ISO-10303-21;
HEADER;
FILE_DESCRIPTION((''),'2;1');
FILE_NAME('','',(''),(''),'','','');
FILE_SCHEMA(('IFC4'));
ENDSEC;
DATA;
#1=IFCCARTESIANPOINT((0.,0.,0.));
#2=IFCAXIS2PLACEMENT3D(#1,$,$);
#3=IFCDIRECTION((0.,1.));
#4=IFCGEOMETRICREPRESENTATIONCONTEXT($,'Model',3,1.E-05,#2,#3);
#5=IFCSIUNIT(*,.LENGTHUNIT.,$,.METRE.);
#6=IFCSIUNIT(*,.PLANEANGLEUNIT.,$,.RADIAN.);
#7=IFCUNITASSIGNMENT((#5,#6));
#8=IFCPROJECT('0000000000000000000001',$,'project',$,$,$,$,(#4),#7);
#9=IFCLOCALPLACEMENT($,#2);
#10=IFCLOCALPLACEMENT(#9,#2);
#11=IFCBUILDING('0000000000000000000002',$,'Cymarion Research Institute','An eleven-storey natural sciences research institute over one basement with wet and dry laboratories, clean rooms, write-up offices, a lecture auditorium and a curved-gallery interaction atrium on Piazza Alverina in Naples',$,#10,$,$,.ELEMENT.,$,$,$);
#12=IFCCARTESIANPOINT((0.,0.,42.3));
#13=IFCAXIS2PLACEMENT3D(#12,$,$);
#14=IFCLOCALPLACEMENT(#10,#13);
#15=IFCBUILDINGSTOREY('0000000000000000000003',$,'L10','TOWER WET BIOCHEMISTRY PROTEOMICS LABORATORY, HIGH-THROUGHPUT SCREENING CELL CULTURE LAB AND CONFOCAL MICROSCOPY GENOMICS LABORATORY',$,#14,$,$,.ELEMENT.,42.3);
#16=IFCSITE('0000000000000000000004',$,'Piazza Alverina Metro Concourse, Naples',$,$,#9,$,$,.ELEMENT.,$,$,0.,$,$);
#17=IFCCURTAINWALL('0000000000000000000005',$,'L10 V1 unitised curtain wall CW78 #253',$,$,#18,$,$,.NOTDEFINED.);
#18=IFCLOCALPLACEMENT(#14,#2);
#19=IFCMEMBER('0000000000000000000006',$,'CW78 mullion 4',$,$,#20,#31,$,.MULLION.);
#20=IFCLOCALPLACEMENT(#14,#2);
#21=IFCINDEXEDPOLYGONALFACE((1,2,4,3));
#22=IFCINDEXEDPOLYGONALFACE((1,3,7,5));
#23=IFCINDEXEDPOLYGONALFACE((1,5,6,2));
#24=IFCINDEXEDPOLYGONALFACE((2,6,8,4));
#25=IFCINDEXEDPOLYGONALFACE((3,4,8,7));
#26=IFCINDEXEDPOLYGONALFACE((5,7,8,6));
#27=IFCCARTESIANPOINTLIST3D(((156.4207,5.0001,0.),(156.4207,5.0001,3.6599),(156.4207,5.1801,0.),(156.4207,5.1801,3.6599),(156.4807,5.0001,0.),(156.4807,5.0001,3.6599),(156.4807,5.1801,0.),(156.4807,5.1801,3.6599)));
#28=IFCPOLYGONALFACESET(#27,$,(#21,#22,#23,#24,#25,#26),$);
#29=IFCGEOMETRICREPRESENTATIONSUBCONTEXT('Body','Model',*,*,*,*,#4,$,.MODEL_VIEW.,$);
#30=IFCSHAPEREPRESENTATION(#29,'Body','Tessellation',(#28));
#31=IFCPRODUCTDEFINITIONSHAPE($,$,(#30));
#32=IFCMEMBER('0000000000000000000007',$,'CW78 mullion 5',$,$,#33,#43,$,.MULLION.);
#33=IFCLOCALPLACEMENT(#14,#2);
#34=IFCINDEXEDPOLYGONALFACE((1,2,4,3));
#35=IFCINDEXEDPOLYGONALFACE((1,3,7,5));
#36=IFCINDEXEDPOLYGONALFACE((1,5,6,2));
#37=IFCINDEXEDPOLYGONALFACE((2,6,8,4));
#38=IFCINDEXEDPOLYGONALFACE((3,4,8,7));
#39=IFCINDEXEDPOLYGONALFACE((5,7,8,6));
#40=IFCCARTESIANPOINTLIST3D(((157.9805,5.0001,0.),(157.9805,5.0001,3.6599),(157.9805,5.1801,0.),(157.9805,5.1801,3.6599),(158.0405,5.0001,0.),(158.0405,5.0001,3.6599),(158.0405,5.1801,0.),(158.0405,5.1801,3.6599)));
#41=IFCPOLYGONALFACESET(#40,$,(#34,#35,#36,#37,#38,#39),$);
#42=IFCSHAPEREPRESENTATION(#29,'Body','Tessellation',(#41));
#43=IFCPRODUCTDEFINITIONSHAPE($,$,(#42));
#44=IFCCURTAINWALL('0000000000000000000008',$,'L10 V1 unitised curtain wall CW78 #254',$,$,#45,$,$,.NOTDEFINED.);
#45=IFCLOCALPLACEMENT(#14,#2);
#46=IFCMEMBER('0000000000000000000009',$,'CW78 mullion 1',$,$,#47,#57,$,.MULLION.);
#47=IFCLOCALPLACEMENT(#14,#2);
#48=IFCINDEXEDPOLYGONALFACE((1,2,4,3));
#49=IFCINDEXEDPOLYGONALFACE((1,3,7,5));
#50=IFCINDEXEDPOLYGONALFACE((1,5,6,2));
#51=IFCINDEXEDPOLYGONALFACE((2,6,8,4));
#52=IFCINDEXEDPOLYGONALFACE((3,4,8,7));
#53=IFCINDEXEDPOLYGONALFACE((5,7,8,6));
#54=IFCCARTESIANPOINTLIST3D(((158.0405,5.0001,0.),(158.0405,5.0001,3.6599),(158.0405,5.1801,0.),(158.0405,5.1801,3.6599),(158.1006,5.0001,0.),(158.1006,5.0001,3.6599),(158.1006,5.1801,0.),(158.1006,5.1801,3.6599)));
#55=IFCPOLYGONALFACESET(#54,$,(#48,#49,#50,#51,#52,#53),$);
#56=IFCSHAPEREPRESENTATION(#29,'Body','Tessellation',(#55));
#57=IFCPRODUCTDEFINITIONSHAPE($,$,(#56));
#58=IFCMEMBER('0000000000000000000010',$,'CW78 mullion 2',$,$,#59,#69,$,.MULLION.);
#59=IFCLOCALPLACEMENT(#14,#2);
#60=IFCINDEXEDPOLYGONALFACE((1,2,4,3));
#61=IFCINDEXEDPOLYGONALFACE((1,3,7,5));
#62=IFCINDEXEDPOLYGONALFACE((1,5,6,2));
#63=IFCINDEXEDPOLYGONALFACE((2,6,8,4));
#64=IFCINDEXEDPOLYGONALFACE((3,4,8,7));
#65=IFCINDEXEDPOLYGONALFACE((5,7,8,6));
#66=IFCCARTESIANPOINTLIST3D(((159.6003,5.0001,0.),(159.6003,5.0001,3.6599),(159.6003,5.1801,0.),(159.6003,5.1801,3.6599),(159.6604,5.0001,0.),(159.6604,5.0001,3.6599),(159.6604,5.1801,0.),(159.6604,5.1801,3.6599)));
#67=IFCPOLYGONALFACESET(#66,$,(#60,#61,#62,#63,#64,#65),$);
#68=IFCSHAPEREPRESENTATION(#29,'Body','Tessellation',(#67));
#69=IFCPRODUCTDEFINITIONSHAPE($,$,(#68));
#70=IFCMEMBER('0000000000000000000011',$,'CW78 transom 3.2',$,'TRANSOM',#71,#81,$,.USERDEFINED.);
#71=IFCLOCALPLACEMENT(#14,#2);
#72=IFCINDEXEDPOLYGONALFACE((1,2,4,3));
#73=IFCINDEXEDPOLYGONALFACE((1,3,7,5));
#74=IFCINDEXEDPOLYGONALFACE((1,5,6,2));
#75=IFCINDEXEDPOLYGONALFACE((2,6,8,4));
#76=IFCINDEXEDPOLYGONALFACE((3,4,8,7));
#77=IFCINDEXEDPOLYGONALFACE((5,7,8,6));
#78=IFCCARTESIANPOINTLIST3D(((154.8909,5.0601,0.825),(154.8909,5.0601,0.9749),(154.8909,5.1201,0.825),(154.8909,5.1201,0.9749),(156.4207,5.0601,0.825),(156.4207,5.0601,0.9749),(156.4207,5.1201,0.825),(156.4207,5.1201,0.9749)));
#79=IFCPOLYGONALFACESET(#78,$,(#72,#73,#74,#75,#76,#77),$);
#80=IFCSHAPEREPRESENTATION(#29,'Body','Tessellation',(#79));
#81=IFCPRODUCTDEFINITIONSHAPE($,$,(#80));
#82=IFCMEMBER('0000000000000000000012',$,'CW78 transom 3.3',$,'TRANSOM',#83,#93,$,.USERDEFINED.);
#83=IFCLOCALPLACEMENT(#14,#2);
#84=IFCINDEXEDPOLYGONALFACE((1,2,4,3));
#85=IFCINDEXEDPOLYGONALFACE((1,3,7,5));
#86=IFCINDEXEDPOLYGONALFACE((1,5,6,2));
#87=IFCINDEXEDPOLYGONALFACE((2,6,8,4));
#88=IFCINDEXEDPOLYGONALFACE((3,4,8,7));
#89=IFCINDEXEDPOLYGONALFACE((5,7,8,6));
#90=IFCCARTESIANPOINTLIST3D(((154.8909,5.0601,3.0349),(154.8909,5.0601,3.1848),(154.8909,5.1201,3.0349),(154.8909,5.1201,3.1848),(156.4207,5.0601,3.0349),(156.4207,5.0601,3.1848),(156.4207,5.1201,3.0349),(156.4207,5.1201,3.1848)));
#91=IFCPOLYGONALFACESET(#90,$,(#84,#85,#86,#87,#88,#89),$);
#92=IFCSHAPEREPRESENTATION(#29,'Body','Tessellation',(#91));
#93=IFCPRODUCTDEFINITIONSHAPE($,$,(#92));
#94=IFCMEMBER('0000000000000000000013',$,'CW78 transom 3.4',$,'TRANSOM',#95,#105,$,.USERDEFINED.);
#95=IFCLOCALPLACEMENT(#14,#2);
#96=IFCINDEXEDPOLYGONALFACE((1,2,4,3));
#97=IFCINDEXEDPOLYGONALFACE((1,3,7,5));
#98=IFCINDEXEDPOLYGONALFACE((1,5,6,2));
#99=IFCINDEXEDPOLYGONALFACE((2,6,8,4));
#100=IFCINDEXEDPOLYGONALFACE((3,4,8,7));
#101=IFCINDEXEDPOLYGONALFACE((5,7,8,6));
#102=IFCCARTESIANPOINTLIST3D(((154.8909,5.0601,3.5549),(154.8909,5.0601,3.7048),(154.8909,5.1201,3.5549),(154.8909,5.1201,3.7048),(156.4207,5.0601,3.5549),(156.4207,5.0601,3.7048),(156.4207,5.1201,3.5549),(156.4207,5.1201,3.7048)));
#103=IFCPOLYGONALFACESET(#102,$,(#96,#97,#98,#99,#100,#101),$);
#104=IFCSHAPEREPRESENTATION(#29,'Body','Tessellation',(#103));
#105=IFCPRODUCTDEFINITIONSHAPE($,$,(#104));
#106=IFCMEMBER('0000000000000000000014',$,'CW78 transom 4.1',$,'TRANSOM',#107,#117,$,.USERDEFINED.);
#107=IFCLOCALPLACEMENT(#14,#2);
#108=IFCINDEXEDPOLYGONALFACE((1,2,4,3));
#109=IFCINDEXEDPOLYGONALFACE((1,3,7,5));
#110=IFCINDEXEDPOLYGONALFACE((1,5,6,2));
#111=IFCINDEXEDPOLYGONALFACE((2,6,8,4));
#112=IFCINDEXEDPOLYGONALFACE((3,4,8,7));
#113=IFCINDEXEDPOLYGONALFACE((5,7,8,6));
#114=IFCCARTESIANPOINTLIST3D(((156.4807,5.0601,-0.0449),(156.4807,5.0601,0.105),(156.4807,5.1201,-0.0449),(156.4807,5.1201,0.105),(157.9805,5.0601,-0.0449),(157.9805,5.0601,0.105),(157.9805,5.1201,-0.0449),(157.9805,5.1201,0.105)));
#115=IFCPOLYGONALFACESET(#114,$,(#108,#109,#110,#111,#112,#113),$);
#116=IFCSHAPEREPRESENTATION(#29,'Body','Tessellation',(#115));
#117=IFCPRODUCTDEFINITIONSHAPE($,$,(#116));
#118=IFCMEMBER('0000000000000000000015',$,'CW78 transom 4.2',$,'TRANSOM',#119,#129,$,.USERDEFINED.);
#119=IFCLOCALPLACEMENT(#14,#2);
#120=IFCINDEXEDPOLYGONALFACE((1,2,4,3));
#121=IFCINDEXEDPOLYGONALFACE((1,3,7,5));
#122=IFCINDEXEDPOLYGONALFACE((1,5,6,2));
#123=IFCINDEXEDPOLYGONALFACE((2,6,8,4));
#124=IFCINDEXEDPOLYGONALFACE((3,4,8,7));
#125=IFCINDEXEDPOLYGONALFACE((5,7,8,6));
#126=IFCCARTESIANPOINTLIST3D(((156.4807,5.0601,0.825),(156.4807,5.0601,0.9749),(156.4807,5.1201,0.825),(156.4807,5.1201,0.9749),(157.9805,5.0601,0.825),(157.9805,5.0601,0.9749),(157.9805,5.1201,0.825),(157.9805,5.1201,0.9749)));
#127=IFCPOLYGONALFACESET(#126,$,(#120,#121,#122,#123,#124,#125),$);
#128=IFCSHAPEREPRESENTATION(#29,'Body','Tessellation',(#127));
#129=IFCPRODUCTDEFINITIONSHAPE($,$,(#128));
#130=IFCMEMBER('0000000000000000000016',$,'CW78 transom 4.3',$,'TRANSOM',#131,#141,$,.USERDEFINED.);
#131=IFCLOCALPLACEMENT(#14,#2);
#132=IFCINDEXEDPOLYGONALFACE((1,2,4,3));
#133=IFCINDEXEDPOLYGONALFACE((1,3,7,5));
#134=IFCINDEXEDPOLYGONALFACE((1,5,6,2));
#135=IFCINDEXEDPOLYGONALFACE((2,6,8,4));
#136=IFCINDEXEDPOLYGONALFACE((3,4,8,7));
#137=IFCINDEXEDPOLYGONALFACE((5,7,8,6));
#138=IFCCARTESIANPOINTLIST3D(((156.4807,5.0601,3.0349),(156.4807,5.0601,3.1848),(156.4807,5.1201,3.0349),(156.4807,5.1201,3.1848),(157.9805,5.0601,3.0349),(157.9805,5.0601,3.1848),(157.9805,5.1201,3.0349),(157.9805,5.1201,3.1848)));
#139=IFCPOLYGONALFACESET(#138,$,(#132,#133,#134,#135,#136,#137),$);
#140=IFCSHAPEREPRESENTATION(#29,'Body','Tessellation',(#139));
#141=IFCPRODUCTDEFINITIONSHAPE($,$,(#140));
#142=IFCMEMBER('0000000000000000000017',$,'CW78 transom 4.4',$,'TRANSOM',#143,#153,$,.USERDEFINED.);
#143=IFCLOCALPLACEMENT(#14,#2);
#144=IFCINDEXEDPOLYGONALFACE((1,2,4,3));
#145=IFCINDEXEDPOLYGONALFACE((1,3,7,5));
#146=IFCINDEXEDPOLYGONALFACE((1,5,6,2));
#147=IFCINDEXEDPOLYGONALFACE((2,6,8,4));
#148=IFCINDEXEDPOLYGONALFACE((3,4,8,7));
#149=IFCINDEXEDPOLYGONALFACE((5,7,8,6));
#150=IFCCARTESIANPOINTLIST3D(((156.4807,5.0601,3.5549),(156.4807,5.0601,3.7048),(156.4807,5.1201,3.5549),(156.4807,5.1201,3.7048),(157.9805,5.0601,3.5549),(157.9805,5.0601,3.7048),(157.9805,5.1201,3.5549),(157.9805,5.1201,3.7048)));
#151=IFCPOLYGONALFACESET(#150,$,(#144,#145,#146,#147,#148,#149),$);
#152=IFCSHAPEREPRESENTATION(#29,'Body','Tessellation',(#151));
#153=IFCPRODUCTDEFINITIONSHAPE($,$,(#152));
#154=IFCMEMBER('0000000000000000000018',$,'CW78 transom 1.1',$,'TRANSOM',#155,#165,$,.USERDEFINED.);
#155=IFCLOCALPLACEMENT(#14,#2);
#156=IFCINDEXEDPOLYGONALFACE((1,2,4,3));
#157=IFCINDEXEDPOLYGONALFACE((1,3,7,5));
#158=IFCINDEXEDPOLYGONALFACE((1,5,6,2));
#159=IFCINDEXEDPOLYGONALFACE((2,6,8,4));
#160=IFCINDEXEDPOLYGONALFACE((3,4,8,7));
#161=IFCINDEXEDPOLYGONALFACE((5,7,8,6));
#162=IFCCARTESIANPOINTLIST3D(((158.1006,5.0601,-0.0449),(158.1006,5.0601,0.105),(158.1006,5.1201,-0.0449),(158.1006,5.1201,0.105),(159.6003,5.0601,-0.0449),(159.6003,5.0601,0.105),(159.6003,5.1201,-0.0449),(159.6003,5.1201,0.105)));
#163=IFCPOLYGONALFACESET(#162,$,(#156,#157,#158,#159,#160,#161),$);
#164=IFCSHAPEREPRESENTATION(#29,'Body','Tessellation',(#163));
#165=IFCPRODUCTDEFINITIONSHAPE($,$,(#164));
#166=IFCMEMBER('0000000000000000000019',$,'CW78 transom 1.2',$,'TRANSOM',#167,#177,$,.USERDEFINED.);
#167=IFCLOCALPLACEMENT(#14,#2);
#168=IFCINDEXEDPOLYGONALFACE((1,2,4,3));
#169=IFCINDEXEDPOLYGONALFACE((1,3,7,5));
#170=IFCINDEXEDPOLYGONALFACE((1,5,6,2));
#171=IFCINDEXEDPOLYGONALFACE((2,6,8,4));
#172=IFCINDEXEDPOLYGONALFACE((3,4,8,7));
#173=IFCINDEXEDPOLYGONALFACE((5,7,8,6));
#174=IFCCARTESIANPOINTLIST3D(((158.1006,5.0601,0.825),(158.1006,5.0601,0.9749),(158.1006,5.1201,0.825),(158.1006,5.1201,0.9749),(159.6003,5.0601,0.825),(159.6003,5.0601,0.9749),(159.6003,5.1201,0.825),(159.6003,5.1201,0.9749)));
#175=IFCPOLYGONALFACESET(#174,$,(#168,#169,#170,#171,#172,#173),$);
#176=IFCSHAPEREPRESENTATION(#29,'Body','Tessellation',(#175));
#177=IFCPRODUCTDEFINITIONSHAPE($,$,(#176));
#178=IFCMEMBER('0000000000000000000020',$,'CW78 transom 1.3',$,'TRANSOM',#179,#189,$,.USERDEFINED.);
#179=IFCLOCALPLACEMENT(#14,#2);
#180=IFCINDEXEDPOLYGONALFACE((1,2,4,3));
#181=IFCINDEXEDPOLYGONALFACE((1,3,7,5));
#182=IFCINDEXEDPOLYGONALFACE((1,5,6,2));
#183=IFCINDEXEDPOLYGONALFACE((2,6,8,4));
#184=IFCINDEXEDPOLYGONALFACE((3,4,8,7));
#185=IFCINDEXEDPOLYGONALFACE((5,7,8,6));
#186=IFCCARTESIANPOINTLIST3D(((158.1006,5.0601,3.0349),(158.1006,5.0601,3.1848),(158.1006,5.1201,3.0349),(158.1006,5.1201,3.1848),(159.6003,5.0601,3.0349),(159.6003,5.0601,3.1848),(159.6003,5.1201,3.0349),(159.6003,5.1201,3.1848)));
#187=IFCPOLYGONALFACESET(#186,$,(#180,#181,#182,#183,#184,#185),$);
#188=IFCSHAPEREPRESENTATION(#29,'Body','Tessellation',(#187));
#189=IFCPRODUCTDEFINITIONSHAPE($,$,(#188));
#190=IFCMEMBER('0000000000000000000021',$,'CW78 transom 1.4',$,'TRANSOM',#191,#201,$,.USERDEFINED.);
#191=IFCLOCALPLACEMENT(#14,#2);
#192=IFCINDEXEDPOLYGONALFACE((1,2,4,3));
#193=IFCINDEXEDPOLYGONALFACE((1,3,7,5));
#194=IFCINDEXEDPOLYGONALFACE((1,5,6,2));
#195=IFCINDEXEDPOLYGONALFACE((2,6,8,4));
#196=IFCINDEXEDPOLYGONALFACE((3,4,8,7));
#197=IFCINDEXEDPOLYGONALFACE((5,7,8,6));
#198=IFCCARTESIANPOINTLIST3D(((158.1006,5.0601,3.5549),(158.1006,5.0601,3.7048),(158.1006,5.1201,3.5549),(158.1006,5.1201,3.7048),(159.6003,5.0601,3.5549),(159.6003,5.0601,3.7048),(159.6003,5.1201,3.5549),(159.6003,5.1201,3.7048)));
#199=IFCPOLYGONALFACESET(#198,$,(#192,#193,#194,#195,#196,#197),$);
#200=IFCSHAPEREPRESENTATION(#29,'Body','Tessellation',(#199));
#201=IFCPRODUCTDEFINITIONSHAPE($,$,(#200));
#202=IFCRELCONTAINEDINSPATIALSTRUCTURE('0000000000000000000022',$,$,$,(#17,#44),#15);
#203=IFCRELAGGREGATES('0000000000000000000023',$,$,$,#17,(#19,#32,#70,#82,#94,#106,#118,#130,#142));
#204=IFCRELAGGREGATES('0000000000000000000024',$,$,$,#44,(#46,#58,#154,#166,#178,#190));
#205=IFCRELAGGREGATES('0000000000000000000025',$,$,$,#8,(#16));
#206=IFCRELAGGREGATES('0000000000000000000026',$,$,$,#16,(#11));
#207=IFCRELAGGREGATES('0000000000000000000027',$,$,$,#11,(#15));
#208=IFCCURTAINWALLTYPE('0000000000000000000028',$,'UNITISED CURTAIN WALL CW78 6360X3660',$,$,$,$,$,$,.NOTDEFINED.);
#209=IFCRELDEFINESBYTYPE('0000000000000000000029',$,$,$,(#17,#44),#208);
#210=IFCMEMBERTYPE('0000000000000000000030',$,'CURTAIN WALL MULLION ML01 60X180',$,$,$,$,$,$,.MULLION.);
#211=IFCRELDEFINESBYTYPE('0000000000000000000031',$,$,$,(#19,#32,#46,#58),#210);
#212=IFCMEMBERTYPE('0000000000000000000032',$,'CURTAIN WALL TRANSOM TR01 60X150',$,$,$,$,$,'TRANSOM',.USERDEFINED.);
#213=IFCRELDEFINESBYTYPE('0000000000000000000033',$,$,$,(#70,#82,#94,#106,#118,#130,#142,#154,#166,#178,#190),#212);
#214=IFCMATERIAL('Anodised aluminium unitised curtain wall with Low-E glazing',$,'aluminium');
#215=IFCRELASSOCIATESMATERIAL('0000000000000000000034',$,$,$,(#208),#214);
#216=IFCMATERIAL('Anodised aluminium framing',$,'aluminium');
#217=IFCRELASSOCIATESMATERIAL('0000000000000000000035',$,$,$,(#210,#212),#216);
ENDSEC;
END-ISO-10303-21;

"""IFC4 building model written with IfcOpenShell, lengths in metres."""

from ifc_helpers import new_model, si_unit, direction, frame, origin, origin_2d, place, context, subcontext, project, spatial, rectangle, extrude, material, material_profile, profile_set, type_object, element, aggregate, save


model = new_model("IFC4")

# Units and contexts
model_context = context("Model", 3, precision=1e-05, world=origin(), true_north=direction((0.0, 1.0)))
body_context = subcontext(model_context, "Body", "Model", "MODEL_VIEW")
ifc_project = project(units=[si_unit("LENGTHUNIT", "METRE"), si_unit("PLANEANGLEUNIT", "RADIAN")], contexts=[model_context])

# Site, building, storey
site_placement = place(None, origin())
site = spatial("IfcSite", under=ifc_project, at=site_placement, Name="Piazza Alverina Metro Concourse, Naples", CompositionType="ELEMENT", RefElevation=0.0)
building_placement = place(site_placement, origin())
building = spatial("IfcBuilding", under=site, at=building_placement, Name="Cymarion Research Institute", Description="An eleven-storey natural sciences research institute over one basement with wet and dry laboratories, clean rooms, write-up offices, a lecture auditorium and a curved-gallery interaction atrium on Piazza Alverina in Naples", CompositionType="ELEMENT")
storey_placement = place(building_placement, frame((0.0, 0.0, 42.3)))
storey = spatial("IfcBuildingStorey", under=building, at=storey_placement, Name="L10", Description="TOWER WET BIOCHEMISTRY PROTEOMICS LABORATORY, HIGH-THROUGHPUT SCREENING CELL CULTURE LAB AND CONFOCAL MICROSCOPY GENOMICS LABORATORY", CompositionType="ELEMENT", Elevation=42.3)

# Curtain walls, members
ifc_material_1 = material(Name="Anodised aluminium unitised curtain wall with Low-E glazing", Category="aluminium")
curtain_wall_type = type_object("IfcCurtainWallType", Name="UNITISED CURTAIN WALL CW78 6360X3660", PredefinedType="NOTDEFINED", material=ifc_material_1)
curtain_wall_1_placement = place(storey_placement, origin())
curtain_wall_1 = element("IfcCurtainWall", 1, at=curtain_wall_1_placement, inside=storey, type_object=curtain_wall_type, Name="L10 V1 unitised curtain wall CW78 #253", PredefinedType="NOTDEFINED")
ifc_material_2 = material(Name="Anodised aluminium framing", Category="aluminium")
ifc_material_profile_1 = material_profile(ifc_material_2, rectangle(XDim=0.0601, YDim=0.1799, at=origin_2d()), Name="ALU MULLION 60x180")
ifc_profile_set_1 = profile_set([ifc_material_profile_1], Name="Anodised aluminium framing")
member_type_1 = type_object("IfcMemberType", Name="CURTAIN WALL MULLION ML01 60X180", PredefinedType="MULLION", material=ifc_profile_set_1)
member_1_placement = place(storey_placement, frame((156.4507, 5.0901, 0.0), z_axis=(0.0, 0.0, 1.0), x_axis=(1.0, 0.0, 0.0)))
member_1 = element("IfcMember", 2, at=member_1_placement, type_object=member_type_1, Name="CW78 mullion 4", PredefinedType="MULLION", context=body_context, shape_type="SweptSolid", body=[
    extrude(rectangle(XDim=0.0601, YDim=0.1799, at=origin_2d()), origin(), (0.0, 0.0, 1.0), 3.6599),
])
member_2_placement = place(storey_placement, frame((158.0105, 5.0901, 0.0), z_axis=(0.0, 0.0, 1.0), x_axis=(1.0, 0.0, 0.0)))
member_2 = element("IfcMember", 3, at=member_2_placement, type_object=member_type_1, Name="CW78 mullion 5", PredefinedType="MULLION", context=body_context, shape_type="SweptSolid", body=[
    extrude(rectangle(XDim=0.0601, YDim=0.1799, at=origin_2d()), origin(), (0.0, 0.0, 1.0), 3.6599),
])
curtain_wall_2_placement = place(storey_placement, origin())
curtain_wall_2 = element("IfcCurtainWall", 4, at=curtain_wall_2_placement, inside=storey, type_object=curtain_wall_type, Name="L10 V1 unitised curtain wall CW78 #254", PredefinedType="NOTDEFINED")
member_3_placement = place(storey_placement, frame((158.0706, 5.0901, 0.0), z_axis=(0.0, 0.0, 1.0), x_axis=(1.0, 0.0, 0.0)))
member_3 = element("IfcMember", 5, at=member_3_placement, type_object=member_type_1, Name="CW78 mullion 1", PredefinedType="MULLION", context=body_context, shape_type="SweptSolid", body=[
    extrude(rectangle(XDim=0.0601, YDim=0.1799, at=origin_2d()), origin(), (0.0, 0.0, 1.0), 3.6599),
])
member_4_placement = place(storey_placement, frame((159.6304, 5.0901, 0.0), z_axis=(0.0, 0.0, 1.0), x_axis=(1.0, 0.0, 0.0)))
member_4 = element("IfcMember", 6, at=member_4_placement, type_object=member_type_1, Name="CW78 mullion 2", PredefinedType="MULLION", context=body_context, shape_type="SweptSolid", body=[
    extrude(rectangle(XDim=0.0601, YDim=0.1799, at=origin_2d()), origin(), (0.0, 0.0, 1.0), 3.6599),
])

# Members
ifc_material_profile_2 = material_profile(ifc_material_2, rectangle(XDim=0.0601, YDim=0.1499, at=origin_2d()), Name="ALU TRANSOM 60x150")
ifc_profile_set_2 = profile_set([ifc_material_profile_2], Name="Anodised aluminium framing")
member_type_2 = type_object("IfcMemberType", Name="CURTAIN WALL TRANSOM TR01 60X150", ElementType="TRANSOM", PredefinedType="USERDEFINED", material=ifc_profile_set_2)
member_5_placement = place(storey_placement, frame((154.8909, 5.0901, 0.8999), z_axis=(1.0, 0.0, 0.0), x_axis=(0.0, 1.0, 0.0)))
member_5 = element("IfcMember", 7, at=member_5_placement, type_object=member_type_2, Name="CW78 transom 3.2", ObjectType="TRANSOM", PredefinedType="USERDEFINED", context=body_context, shape_type="SweptSolid", body=[
    extrude(rectangle(XDim=0.0601, YDim=0.1499, at=origin_2d()), origin(), (0.0, 0.0, 1.0), 1.5298),
])
member_6_placement = place(storey_placement, frame((154.8909, 5.0901, 3.1099), z_axis=(1.0, 0.0, 0.0), x_axis=(0.0, 1.0, 0.0)))
member_6 = element("IfcMember", 8, at=member_6_placement, type_object=member_type_2, Name="CW78 transom 3.3", ObjectType="TRANSOM", PredefinedType="USERDEFINED", context=body_context, shape_type="SweptSolid", body=[
    extrude(rectangle(XDim=0.0601, YDim=0.1499, at=origin_2d()), origin(), (0.0, 0.0, 1.0), 1.5298),
])
member_7_placement = place(storey_placement, frame((154.8909, 5.0901, 3.6299), z_axis=(1.0, 0.0, 0.0), x_axis=(0.0, 1.0, 0.0)))
member_7 = element("IfcMember", 9, at=member_7_placement, type_object=member_type_2, Name="CW78 transom 3.4", ObjectType="TRANSOM", PredefinedType="USERDEFINED", context=body_context, shape_type="SweptSolid", body=[
    extrude(rectangle(XDim=0.0601, YDim=0.1499, at=origin_2d()), origin(), (0.0, 0.0, 1.0), 1.5298),
])
member_8_placement = place(storey_placement, frame((156.4807, 5.0901, 0.03), z_axis=(1.0, 0.0, 0.0), x_axis=(0.0, 1.0, 0.0)))
member_8 = element("IfcMember", 10, at=member_8_placement, type_object=member_type_2, Name="CW78 transom 4.1", ObjectType="TRANSOM", PredefinedType="USERDEFINED", context=body_context, shape_type="SweptSolid", body=[
    extrude(rectangle(XDim=0.0601, YDim=0.1499, at=origin_2d()), origin(), (0.0, 0.0, 1.0), 1.4998),
])
member_9_placement = place(storey_placement, frame((156.4807, 5.0901, 0.8999), z_axis=(1.0, 0.0, 0.0), x_axis=(0.0, 1.0, 0.0)))
member_9 = element("IfcMember", 11, at=member_9_placement, type_object=member_type_2, Name="CW78 transom 4.2", ObjectType="TRANSOM", PredefinedType="USERDEFINED", context=body_context, shape_type="SweptSolid", body=[
    extrude(rectangle(XDim=0.0601, YDim=0.1499, at=origin_2d()), origin(), (0.0, 0.0, 1.0), 1.4998),
])
member_10_placement = place(storey_placement, frame((156.4807, 5.0901, 3.1099), z_axis=(1.0, 0.0, 0.0), x_axis=(0.0, 1.0, 0.0)))
member_10 = element("IfcMember", 12, at=member_10_placement, type_object=member_type_2, Name="CW78 transom 4.3", ObjectType="TRANSOM", PredefinedType="USERDEFINED", context=body_context, shape_type="SweptSolid", body=[
    extrude(rectangle(XDim=0.0601, YDim=0.1499, at=origin_2d()), origin(), (0.0, 0.0, 1.0), 1.4998),
])
member_11_placement = place(storey_placement, frame((156.4807, 5.0901, 3.6299), z_axis=(1.0, 0.0, 0.0), x_axis=(0.0, 1.0, 0.0)))
member_11 = element("IfcMember", 13, at=member_11_placement, type_object=member_type_2, Name="CW78 transom 4.4", ObjectType="TRANSOM", PredefinedType="USERDEFINED", context=body_context, shape_type="SweptSolid", body=[
    extrude(rectangle(XDim=0.0601, YDim=0.1499, at=origin_2d()), origin(), (0.0, 0.0, 1.0), 1.4998),
])
member_12_placement = place(storey_placement, frame((158.1006, 5.0901, 0.03), z_axis=(1.0, 0.0, 0.0), x_axis=(0.0, 1.0, 0.0)))
member_12 = element("IfcMember", 14, at=member_12_placement, type_object=member_type_2, Name="CW78 transom 1.1", ObjectType="TRANSOM", PredefinedType="USERDEFINED", context=body_context, shape_type="SweptSolid", body=[
    extrude(rectangle(XDim=0.0601, YDim=0.1499, at=origin_2d()), origin(), (0.0, 0.0, 1.0), 1.4998),
])
member_13_placement = place(storey_placement, frame((158.1006, 5.0901, 0.8999), z_axis=(1.0, 0.0, 0.0), x_axis=(0.0, 1.0, 0.0)))
member_13 = element("IfcMember", 15, at=member_13_placement, type_object=member_type_2, Name="CW78 transom 1.2", ObjectType="TRANSOM", PredefinedType="USERDEFINED", context=body_context, shape_type="SweptSolid", body=[
    extrude(rectangle(XDim=0.0601, YDim=0.1499, at=origin_2d()), origin(), (0.0, 0.0, 1.0), 1.4998),
])
member_14_placement = place(storey_placement, frame((158.1006, 5.0901, 3.1099), z_axis=(1.0, 0.0, 0.0), x_axis=(0.0, 1.0, 0.0)))
member_14 = element("IfcMember", 16, at=member_14_placement, type_object=member_type_2, Name="CW78 transom 1.3", ObjectType="TRANSOM", PredefinedType="USERDEFINED", context=body_context, shape_type="SweptSolid", body=[
    extrude(rectangle(XDim=0.0601, YDim=0.1499, at=origin_2d()), origin(), (0.0, 0.0, 1.0), 1.4998),
])
member_15_placement = place(storey_placement, frame((158.1006, 5.0901, 3.6299), z_axis=(1.0, 0.0, 0.0), x_axis=(0.0, 1.0, 0.0)))
member_15 = element("IfcMember", 17, at=member_15_placement, type_object=member_type_2, Name="CW78 transom 1.4", ObjectType="TRANSOM", PredefinedType="USERDEFINED", context=body_context, shape_type="SweptSolid", body=[
    extrude(rectangle(XDim=0.0601, YDim=0.1499, at=origin_2d()), origin(), (0.0, 0.0, 1.0), 1.4998),
])

aggregate(curtain_wall_1, [member_1, member_2, member_5, member_6, member_7, member_8, member_9, member_10, member_11])
aggregate(curtain_wall_2, [member_3, member_4, member_12, member_13, member_14, member_15])

save(model, "model.ifc")
